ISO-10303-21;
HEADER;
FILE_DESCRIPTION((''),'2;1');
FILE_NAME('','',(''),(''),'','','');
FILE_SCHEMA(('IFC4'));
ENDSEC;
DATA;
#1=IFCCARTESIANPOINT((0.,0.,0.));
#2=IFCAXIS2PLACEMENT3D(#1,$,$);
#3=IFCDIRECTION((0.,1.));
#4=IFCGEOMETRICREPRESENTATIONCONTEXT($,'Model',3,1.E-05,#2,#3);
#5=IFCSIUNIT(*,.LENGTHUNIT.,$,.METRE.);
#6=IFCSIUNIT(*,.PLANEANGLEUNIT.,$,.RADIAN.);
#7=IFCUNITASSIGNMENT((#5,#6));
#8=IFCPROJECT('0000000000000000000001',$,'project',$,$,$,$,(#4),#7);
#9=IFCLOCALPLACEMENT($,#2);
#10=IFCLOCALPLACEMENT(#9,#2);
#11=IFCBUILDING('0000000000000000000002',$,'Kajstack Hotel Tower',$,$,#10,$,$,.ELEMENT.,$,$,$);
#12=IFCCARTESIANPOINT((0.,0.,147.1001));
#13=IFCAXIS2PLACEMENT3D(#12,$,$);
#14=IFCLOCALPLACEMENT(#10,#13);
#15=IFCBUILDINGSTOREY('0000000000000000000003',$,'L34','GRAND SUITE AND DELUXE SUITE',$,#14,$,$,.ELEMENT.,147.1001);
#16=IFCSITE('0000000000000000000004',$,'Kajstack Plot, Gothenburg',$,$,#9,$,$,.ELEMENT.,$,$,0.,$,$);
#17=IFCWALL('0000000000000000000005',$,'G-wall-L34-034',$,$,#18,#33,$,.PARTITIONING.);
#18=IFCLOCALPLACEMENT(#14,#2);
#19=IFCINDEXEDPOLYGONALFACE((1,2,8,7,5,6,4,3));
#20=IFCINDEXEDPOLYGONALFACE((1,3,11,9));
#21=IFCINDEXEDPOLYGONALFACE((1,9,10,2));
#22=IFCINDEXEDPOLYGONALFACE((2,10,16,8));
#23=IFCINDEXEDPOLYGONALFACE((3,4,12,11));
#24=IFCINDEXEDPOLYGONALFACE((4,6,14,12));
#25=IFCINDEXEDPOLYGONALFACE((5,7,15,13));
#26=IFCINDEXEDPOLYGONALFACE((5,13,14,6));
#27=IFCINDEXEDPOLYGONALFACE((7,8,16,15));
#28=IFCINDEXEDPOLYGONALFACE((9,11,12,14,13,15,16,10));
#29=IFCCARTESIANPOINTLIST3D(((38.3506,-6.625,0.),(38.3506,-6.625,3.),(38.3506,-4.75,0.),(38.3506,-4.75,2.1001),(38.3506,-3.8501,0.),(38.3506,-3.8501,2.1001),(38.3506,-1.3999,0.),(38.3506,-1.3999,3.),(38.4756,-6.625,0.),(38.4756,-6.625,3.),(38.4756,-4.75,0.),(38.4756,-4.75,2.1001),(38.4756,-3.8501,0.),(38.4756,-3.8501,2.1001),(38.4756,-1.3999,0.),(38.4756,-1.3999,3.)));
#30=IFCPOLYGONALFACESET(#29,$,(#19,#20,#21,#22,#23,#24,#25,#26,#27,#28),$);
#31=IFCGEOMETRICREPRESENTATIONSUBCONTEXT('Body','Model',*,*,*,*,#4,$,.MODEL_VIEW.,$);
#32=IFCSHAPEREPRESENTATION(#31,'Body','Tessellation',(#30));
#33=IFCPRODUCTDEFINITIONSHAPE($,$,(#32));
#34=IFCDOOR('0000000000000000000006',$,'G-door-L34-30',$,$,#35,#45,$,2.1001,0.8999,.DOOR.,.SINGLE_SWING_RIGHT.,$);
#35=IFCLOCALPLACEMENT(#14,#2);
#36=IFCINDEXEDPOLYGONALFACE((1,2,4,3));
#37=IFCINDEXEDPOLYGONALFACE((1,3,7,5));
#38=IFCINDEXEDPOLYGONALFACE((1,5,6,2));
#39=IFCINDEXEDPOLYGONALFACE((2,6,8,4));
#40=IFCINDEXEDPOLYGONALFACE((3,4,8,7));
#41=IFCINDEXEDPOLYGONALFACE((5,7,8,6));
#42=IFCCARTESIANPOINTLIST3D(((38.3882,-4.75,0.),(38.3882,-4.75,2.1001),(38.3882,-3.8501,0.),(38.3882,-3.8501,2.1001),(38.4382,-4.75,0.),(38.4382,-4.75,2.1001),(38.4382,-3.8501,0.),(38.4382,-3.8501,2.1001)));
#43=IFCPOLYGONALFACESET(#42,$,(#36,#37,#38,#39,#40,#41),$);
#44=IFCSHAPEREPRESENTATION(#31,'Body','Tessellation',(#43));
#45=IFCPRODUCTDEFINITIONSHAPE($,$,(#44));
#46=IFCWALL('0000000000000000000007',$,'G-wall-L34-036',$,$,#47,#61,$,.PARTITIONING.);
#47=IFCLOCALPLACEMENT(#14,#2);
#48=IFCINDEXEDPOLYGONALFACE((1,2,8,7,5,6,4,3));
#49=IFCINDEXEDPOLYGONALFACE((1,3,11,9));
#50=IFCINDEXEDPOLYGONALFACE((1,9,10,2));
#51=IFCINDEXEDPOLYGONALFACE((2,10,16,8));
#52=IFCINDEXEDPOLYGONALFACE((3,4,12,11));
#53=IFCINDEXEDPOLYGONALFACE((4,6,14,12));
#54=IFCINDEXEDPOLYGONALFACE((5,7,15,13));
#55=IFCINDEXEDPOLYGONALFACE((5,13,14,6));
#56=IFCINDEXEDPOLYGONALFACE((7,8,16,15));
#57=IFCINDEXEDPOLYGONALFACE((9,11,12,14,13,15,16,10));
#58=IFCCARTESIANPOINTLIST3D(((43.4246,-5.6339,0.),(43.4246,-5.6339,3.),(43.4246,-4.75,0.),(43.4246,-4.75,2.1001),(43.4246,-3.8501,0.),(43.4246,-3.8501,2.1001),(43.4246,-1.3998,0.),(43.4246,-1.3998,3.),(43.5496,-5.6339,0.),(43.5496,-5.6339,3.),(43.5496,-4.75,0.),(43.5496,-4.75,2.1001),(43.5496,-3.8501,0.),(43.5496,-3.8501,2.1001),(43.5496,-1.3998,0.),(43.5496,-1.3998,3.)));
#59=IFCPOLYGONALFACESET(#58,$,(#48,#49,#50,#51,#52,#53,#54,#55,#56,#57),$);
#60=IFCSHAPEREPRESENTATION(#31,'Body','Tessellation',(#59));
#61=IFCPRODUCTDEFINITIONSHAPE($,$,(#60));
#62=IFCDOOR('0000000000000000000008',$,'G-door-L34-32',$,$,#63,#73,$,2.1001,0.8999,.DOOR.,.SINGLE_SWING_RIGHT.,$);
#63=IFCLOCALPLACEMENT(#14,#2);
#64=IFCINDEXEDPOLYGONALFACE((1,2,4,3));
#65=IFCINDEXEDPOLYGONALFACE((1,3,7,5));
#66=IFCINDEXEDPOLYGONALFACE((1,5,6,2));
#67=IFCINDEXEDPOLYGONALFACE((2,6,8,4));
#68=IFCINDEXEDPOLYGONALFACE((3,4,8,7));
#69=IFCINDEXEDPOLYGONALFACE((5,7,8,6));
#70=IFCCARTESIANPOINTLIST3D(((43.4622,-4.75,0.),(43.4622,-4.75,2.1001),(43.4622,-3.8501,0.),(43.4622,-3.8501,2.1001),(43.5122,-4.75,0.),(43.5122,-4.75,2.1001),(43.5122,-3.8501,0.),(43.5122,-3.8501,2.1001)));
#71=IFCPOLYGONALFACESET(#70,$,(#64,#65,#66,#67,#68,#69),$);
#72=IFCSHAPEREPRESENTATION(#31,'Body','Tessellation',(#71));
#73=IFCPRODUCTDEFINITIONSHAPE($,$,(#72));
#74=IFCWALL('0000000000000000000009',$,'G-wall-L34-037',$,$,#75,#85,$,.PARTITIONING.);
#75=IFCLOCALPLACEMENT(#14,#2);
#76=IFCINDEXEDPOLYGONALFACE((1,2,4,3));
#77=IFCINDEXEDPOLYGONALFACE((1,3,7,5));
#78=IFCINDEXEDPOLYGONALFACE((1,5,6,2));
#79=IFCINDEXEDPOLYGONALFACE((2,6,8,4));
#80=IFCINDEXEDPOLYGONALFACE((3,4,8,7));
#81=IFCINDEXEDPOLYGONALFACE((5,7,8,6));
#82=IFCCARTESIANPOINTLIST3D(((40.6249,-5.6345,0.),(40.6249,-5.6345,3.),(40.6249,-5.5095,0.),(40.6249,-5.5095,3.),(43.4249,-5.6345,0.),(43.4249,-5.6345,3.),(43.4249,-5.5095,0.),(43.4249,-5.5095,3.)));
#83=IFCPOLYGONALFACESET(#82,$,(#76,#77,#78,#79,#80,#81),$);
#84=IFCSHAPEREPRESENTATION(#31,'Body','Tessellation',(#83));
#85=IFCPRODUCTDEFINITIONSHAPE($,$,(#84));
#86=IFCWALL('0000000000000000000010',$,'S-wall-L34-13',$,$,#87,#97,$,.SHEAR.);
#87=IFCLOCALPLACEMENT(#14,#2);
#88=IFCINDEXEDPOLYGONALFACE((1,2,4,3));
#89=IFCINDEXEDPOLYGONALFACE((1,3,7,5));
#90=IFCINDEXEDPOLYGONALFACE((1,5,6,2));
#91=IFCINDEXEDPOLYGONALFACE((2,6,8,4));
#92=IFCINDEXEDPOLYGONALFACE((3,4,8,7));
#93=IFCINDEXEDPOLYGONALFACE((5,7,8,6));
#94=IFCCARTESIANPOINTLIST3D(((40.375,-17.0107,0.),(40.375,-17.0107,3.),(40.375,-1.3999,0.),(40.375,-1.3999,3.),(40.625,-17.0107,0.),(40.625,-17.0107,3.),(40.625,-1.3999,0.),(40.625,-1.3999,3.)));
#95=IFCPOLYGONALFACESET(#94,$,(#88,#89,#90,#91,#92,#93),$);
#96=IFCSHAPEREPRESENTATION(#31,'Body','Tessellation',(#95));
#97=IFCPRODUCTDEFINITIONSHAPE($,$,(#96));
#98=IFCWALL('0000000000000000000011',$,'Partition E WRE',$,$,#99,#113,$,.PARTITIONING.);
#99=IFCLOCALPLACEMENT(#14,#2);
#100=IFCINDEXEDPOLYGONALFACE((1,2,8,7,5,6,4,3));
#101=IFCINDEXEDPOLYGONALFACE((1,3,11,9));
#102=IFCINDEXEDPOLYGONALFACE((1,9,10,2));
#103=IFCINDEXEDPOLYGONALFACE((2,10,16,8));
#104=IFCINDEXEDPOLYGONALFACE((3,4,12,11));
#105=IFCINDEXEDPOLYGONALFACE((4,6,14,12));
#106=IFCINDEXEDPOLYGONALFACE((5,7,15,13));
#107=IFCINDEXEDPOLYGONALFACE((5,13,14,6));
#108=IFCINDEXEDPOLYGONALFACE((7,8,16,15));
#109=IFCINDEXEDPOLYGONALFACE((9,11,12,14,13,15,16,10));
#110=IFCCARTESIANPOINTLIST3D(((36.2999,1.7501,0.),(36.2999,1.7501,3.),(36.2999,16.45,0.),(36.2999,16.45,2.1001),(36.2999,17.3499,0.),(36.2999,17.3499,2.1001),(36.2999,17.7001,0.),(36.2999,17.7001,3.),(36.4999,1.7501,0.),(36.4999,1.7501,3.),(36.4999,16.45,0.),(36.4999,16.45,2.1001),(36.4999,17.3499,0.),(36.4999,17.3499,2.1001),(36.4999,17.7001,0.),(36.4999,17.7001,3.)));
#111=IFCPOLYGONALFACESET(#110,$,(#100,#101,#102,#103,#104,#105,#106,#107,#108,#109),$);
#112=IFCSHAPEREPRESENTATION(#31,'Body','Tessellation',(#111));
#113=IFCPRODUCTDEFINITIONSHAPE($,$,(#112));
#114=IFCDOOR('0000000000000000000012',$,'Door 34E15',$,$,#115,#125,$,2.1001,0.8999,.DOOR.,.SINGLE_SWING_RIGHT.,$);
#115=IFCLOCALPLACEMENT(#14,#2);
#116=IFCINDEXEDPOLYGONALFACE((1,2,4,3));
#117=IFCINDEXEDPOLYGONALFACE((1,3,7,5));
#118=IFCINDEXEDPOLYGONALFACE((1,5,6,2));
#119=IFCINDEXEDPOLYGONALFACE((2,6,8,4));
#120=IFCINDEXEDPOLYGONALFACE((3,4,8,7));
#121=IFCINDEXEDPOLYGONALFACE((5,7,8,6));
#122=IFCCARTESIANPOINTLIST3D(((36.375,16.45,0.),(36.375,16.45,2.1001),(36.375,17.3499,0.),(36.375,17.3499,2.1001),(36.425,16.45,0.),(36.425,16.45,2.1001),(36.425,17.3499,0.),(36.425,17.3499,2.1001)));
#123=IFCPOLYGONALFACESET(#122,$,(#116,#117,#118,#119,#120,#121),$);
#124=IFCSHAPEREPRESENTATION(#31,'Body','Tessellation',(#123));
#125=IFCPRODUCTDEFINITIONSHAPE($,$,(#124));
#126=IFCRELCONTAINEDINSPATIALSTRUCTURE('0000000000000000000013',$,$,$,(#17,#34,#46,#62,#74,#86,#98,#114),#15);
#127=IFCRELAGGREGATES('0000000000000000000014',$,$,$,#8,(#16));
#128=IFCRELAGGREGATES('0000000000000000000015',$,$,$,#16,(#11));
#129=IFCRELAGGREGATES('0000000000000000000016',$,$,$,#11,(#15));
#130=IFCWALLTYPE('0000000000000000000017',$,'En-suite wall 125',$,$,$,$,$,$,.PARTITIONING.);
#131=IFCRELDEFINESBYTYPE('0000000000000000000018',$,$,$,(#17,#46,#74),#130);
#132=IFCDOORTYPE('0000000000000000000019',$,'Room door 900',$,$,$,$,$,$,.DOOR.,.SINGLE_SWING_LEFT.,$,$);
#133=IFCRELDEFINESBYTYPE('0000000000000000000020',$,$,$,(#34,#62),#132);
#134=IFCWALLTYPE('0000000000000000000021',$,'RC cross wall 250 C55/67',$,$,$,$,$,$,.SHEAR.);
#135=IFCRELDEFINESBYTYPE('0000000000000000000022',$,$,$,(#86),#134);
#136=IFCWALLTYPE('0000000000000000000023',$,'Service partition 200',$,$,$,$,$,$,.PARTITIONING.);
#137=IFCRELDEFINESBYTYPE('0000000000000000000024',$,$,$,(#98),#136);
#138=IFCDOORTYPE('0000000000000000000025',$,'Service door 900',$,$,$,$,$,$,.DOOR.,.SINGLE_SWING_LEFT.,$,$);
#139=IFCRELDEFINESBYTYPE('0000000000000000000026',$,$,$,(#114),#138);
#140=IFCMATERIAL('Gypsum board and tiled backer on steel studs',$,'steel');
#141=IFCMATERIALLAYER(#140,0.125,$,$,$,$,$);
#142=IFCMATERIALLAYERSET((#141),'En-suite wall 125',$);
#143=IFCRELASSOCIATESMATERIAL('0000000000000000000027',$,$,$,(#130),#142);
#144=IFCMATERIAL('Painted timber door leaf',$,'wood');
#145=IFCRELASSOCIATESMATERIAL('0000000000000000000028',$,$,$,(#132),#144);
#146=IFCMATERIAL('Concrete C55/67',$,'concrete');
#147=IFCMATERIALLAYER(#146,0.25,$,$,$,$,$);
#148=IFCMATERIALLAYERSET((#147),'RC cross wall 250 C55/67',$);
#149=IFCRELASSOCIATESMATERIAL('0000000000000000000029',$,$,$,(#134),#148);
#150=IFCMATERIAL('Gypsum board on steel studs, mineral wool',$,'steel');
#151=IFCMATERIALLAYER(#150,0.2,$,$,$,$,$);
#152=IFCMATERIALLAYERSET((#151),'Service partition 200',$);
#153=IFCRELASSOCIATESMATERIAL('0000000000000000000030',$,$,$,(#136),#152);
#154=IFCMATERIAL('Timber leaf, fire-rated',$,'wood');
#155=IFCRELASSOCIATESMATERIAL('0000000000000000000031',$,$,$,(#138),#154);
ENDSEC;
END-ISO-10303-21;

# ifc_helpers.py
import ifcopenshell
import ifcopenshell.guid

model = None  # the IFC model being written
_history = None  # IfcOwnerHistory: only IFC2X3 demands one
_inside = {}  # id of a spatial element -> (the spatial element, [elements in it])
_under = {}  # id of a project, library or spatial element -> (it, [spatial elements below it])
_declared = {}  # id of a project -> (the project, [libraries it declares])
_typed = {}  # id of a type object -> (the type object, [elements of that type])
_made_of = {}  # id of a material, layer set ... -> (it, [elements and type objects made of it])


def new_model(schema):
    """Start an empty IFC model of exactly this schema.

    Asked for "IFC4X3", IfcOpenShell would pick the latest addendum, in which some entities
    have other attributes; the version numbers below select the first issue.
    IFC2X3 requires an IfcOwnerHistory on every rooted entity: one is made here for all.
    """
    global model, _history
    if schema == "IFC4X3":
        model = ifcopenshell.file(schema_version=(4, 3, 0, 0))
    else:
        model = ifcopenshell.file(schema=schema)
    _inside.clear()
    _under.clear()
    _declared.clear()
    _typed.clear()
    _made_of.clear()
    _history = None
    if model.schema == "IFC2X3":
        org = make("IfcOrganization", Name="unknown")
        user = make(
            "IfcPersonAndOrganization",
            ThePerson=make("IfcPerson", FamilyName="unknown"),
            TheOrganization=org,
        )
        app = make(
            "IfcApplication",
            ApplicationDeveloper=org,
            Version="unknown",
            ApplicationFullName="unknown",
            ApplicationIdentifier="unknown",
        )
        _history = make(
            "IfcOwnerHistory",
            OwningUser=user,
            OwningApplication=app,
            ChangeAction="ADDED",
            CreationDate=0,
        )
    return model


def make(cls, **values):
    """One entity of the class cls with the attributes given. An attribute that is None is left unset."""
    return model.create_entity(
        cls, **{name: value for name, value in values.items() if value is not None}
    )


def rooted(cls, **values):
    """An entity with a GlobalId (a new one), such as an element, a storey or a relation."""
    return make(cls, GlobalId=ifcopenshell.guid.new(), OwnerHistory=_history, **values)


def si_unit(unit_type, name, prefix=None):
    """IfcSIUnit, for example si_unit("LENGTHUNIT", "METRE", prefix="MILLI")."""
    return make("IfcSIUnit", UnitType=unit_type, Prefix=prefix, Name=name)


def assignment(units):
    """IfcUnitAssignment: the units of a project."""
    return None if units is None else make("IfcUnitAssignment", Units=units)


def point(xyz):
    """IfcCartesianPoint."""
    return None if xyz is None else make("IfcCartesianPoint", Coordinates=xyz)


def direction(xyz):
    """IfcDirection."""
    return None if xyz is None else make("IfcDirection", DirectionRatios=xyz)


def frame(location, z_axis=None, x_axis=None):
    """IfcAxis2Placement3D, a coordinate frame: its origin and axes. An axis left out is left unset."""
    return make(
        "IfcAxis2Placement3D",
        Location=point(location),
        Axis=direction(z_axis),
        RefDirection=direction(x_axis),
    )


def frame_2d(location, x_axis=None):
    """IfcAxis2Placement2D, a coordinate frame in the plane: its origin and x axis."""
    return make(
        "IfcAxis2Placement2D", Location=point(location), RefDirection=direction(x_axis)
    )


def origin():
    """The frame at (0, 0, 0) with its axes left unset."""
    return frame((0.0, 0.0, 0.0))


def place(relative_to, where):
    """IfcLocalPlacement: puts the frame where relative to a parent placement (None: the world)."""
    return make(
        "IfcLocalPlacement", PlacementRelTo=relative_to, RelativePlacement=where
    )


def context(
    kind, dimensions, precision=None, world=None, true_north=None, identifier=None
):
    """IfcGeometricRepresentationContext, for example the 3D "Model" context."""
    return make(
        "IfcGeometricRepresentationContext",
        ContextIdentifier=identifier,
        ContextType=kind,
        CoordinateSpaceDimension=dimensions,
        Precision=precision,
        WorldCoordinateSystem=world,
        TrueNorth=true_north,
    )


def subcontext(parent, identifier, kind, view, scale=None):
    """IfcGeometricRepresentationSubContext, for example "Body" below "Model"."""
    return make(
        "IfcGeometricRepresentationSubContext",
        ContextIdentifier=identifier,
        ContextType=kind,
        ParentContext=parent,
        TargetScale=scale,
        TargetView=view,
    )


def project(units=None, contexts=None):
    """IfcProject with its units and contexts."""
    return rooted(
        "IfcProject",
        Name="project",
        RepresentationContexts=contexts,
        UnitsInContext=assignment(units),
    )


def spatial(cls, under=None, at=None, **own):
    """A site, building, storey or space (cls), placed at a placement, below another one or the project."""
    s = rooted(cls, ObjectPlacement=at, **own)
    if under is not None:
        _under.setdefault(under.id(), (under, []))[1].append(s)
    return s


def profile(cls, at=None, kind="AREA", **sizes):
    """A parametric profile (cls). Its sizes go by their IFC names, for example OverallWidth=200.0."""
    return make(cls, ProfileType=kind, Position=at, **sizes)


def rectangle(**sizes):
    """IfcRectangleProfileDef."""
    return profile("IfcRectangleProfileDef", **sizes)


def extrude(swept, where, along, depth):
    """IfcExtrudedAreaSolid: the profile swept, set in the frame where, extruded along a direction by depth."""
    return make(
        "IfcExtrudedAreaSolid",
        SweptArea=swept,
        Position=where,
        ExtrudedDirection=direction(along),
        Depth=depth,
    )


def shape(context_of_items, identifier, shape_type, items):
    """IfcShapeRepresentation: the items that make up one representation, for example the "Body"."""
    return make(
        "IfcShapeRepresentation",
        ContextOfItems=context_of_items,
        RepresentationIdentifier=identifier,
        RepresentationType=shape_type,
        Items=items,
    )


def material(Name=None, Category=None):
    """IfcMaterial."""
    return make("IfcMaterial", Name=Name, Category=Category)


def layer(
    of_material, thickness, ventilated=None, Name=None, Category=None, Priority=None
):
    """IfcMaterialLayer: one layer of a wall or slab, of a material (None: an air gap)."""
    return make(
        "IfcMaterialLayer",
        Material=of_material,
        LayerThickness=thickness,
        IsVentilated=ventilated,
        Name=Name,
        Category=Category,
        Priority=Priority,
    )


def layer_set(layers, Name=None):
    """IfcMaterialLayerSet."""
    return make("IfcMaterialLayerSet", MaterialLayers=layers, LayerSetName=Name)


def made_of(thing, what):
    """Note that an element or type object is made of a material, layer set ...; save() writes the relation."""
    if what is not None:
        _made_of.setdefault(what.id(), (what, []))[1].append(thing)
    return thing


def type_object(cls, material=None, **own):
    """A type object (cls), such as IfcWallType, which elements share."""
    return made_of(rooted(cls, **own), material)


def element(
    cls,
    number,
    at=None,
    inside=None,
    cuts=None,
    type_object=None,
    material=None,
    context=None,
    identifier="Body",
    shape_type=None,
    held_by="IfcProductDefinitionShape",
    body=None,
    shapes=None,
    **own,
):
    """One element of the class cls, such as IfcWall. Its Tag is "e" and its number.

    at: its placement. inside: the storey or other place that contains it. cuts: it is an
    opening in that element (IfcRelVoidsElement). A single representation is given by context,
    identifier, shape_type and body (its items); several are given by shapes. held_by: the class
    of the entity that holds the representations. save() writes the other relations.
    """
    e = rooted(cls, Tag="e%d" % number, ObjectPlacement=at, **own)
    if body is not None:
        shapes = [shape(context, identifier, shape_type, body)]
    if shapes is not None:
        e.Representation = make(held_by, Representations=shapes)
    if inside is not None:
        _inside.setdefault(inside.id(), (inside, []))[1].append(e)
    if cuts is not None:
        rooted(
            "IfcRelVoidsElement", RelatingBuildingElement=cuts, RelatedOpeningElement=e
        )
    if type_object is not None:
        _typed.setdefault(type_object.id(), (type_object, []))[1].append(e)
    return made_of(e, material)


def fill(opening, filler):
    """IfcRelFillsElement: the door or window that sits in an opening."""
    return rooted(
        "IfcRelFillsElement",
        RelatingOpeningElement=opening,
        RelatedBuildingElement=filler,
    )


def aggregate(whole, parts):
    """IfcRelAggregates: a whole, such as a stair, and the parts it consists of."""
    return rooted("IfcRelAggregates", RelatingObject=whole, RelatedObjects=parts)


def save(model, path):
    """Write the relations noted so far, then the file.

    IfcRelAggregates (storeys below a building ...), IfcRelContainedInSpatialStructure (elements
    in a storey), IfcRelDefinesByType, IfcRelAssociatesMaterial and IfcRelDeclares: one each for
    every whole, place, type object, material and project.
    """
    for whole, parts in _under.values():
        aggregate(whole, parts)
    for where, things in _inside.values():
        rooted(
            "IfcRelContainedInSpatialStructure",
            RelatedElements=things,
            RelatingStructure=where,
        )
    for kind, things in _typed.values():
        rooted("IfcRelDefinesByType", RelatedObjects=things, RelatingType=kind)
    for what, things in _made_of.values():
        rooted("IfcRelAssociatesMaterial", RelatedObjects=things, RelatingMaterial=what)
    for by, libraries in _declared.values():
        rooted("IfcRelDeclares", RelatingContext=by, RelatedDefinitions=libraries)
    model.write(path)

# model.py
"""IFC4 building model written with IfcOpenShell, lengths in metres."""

from ifc_helpers import new_model, si_unit, direction, frame, frame_2d, origin, place, context, subcontext, project, spatial, rectangle, extrude, material, layer, layer_set, type_object, element, fill, save


model = new_model("IFC4")

# Units and contexts
model_context = context("Model", 3, precision=1e-05, world=origin(), true_north=direction((0.0, 1.0)))
body_context = subcontext(model_context, "Body", "Model", "MODEL_VIEW")
ifc_project = project(units=[si_unit("LENGTHUNIT", "METRE"), si_unit("PLANEANGLEUNIT", "RADIAN")], contexts=[model_context])

# Site, building, storey
site_placement = place(None, origin())
site = spatial("IfcSite", under=ifc_project, at=site_placement, Name="Kajstack Plot, Gothenburg", CompositionType="ELEMENT", RefElevation=0.0)
building_placement = place(site_placement, origin())
building = spatial("IfcBuilding", under=site, at=building_placement, Name="Kajstack Hotel Tower", CompositionType="ELEMENT")
storey_placement = place(building_placement, frame((0.0, 0.0, 147.1001)))
storey = spatial("IfcBuildingStorey", under=building, at=storey_placement, Name="L34", Description="GRAND SUITE AND DELUXE SUITE", CompositionType="ELEMENT", Elevation=147.1001)

# Walls, openings, doors
ifc_material_1 = material(Name="Gypsum board and tiled backer on steel studs", Category="steel")
ifc_layer_1 = layer(ifc_material_1, 0.125)
ifc_layer_set_1 = layer_set([ifc_layer_1], Name="En-suite wall 125")
wall_type_1 = type_object("IfcWallType", Name="En-suite wall 125", PredefinedType="PARTITIONING", material=ifc_layer_set_1)
wall_1_placement = place(storey_placement, frame((38.4131, -6.625, 0.0), z_axis=(0.0, 0.0, 1.0), x_axis=(0.0, 1.0, 0.0)))
wall_1 = element("IfcWall", 1, at=wall_1_placement, inside=storey, type_object=wall_type_1, Name="G-wall-L34-034", PredefinedType="PARTITIONING", context=body_context, shape_type="SweptSolid", body=[
    extrude(rectangle(XDim=5.2251, YDim=0.125, at=frame_2d((2.6125, 0.0))), origin(), (0.0, 0.0, 1.0), 3.0),
])
opening_1_placement = place(wall_1_placement, frame((1.875, 0.0, 0.0)))
opening_1 = element("IfcOpeningElement", 2, at=opening_1_placement, cuts=wall_1, PredefinedType="OPENING", context=body_context, shape_type="SweptSolid", body=[
    extrude(rectangle(XDim=0.8999, YDim=2.1001, at=frame_2d((0.45, 1.05))), frame((0.0, 0.0725, 0.0), z_axis=(0.0, -1.0, 0.0), x_axis=(1.0, 0.0, 0.0)), (0.0, 0.0, 1.0), 0.145),
])
ifc_material_2 = material(Name="Painted timber door leaf", Category="wood")
door_type_1 = type_object("IfcDoorType", Name="Room door 900", OperationType="SINGLE_SWING_LEFT", PredefinedType="DOOR", material=ifc_material_2)
door_1_placement = place(opening_1_placement, origin())
door_1 = element("IfcDoor", 3, at=door_1_placement, inside=storey, type_object=door_type_1, Name="G-door-L34-30", OperationType="SINGLE_SWING_RIGHT", OverallHeight=2.1001, OverallWidth=0.8999, PredefinedType="DOOR", context=body_context, shape_type="SweptSolid", body=[
    extrude(rectangle(XDim=0.8999, YDim=2.1001, at=frame_2d((0.45, 1.05))), frame((0.0, 0.0249, 0.0), z_axis=(0.0, -1.0, 0.0), x_axis=(1.0, 0.0, 0.0)), (0.0, 0.0, 1.0), 0.05),
])
fill(opening_1, door_1)
wall_2_placement = place(storey_placement, frame((43.4871, -5.634, 0.0), z_axis=(0.0, 0.0, 1.0), x_axis=(0.0, 1.0, 0.0)))
wall_2 = element("IfcWall", 4, at=wall_2_placement, inside=storey, type_object=wall_type_1, Name="G-wall-L34-036", PredefinedType="PARTITIONING", context=body_context, shape_type="SweptSolid", body=[
    extrude(rectangle(XDim=4.2341, YDim=0.125, at=frame_2d((2.1172, 0.0))), origin(), (0.0, 0.0, 1.0), 3.0),
])
opening_2_placement = place(wall_2_placement, frame((0.884, 0.0, 0.0)))
opening_2 = element("IfcOpeningElement", 5, at=opening_2_placement, cuts=wall_2, PredefinedType="OPENING", context=body_context, shape_type="SweptSolid", body=[
    extrude(rectangle(XDim=0.8999, YDim=2.1001, at=frame_2d((0.45, 1.05))), frame((0.0, 0.0725, 0.0), z_axis=(0.0, -1.0, 0.0), x_axis=(1.0, 0.0, 0.0)), (0.0, 0.0, 1.0), 0.145),
])
door_2_placement = place(opening_2_placement, origin())
door_2 = element("IfcDoor", 6, at=door_2_placement, inside=storey, type_object=door_type_1, Name="G-door-L34-32", OperationType="SINGLE_SWING_RIGHT", OverallHeight=2.1001, OverallWidth=0.8999, PredefinedType="DOOR", context=body_context, shape_type="SweptSolid", body=[
    extrude(rectangle(XDim=0.8999, YDim=2.1001, at=frame_2d((0.45, 1.05))), frame((0.0, 0.0249, 0.0), z_axis=(0.0, -1.0, 0.0), x_axis=(1.0, 0.0, 0.0)), (0.0, 0.0, 1.0), 0.05),
])
fill(opening_2, door_2)

# Walls
wall_3_placement = place(storey_placement, frame((40.625, -5.572, 0.0), z_axis=(0.0, 0.0, 1.0), x_axis=(1.0, 0.0, 0.0)))
element("IfcWall", 7, at=wall_3_placement, inside=storey, type_object=wall_type_1, Name="G-wall-L34-037", PredefinedType="PARTITIONING", context=body_context, shape_type="SweptSolid", body=[
    extrude(rectangle(XDim=2.8, YDim=0.125, at=frame_2d((1.3999, 0.0))), origin(), (0.0, 0.0, 1.0), 3.0),
])
ifc_material_3 = material(Name="Concrete C55/67", Category="concrete")
ifc_layer_2 = layer(ifc_material_3, 0.25)
ifc_layer_set_2 = layer_set([ifc_layer_2], Name="RC cross wall 250 C55/67")
wall_type_2 = type_object("IfcWallType", Name="RC cross wall 250 C55/67", PredefinedType="SHEAR", material=ifc_layer_set_2)
wall_4_placement = place(storey_placement, frame((40.5, -17.0107, 0.0), z_axis=(0.0, 0.0, 1.0), x_axis=(0.0, 1.0, 0.0)))
element("IfcWall", 8, at=wall_4_placement, inside=storey, type_object=wall_type_2, Name="S-wall-L34-13", PredefinedType="SHEAR", context=body_context, shape_type="SweptSolid", body=[
    extrude(rectangle(XDim=15.6108, YDim=0.25, at=frame_2d((7.8054, 0.0))), origin(), (0.0, 0.0, 1.0), 3.0),
])

# Wall, opening, door
ifc_material_4 = material(Name="Gypsum board on steel studs, mineral wool", Category="steel")
ifc_layer_3 = layer(ifc_material_4, 0.2)
ifc_layer_set_3 = layer_set([ifc_layer_3], Name="Service partition 200")
wall_type_3 = type_object("IfcWallType", Name="Service partition 200", PredefinedType="PARTITIONING", material=ifc_layer_set_3)
wall_5_placement = place(storey_placement, frame((36.3999, 1.75, 0.0), z_axis=(0.0, 0.0, 1.0), x_axis=(0.0, 1.0, 0.0)))
wall_5 = element("IfcWall", 9, at=wall_5_placement, inside=storey, type_object=wall_type_3, Name="Partition E WRE", PredefinedType="PARTITIONING", context=body_context, shape_type="SweptSolid", body=[
    extrude(rectangle(XDim=15.95, YDim=0.2, at=frame_2d((7.9751, 0.0))), origin(), (0.0, 0.0, 1.0), 3.0),
])
opening_3_placement = place(wall_5_placement, frame((14.7, 0.0, 0.0)))
opening_3 = element("IfcOpeningElement", 10, at=opening_3_placement, cuts=wall_5, PredefinedType="OPENING", context=body_context, shape_type="SweptSolid", body=[
    extrude(rectangle(XDim=0.8999, YDim=2.1001, at=frame_2d((0.45, 1.05))), frame((0.0, 0.1099, 0.0), z_axis=(0.0, -1.0, 0.0), x_axis=(1.0, 0.0, 0.0)), (0.0, 0.0, 1.0), 0.22),
])
ifc_material_5 = material(Name="Timber leaf, fire-rated", Category="wood")
door_type_2 = type_object("IfcDoorType", Name="Service door 900", OperationType="SINGLE_SWING_LEFT", PredefinedType="DOOR", material=ifc_material_5)
door_3_placement = place(opening_3_placement, origin())
door_3 = element("IfcDoor", 11, at=door_3_placement, inside=storey, type_object=door_type_2, Name="Door 34E15", OperationType="SINGLE_SWING_RIGHT", OverallHeight=2.1001, OverallWidth=0.8999, PredefinedType="DOOR", context=body_context, shape_type="SweptSolid", body=[
    extrude(rectangle(XDim=0.8999, YDim=2.1001, at=frame_2d((0.45, 1.05))), frame((0.0, 0.0249, 0.0), z_axis=(0.0, -1.0, 0.0), x_axis=(1.0, 0.0, 0.0)), (0.0, 0.0, 1.0), 0.05),
])
fill(opening_3, door_3)

save(model, "model.ifc")
